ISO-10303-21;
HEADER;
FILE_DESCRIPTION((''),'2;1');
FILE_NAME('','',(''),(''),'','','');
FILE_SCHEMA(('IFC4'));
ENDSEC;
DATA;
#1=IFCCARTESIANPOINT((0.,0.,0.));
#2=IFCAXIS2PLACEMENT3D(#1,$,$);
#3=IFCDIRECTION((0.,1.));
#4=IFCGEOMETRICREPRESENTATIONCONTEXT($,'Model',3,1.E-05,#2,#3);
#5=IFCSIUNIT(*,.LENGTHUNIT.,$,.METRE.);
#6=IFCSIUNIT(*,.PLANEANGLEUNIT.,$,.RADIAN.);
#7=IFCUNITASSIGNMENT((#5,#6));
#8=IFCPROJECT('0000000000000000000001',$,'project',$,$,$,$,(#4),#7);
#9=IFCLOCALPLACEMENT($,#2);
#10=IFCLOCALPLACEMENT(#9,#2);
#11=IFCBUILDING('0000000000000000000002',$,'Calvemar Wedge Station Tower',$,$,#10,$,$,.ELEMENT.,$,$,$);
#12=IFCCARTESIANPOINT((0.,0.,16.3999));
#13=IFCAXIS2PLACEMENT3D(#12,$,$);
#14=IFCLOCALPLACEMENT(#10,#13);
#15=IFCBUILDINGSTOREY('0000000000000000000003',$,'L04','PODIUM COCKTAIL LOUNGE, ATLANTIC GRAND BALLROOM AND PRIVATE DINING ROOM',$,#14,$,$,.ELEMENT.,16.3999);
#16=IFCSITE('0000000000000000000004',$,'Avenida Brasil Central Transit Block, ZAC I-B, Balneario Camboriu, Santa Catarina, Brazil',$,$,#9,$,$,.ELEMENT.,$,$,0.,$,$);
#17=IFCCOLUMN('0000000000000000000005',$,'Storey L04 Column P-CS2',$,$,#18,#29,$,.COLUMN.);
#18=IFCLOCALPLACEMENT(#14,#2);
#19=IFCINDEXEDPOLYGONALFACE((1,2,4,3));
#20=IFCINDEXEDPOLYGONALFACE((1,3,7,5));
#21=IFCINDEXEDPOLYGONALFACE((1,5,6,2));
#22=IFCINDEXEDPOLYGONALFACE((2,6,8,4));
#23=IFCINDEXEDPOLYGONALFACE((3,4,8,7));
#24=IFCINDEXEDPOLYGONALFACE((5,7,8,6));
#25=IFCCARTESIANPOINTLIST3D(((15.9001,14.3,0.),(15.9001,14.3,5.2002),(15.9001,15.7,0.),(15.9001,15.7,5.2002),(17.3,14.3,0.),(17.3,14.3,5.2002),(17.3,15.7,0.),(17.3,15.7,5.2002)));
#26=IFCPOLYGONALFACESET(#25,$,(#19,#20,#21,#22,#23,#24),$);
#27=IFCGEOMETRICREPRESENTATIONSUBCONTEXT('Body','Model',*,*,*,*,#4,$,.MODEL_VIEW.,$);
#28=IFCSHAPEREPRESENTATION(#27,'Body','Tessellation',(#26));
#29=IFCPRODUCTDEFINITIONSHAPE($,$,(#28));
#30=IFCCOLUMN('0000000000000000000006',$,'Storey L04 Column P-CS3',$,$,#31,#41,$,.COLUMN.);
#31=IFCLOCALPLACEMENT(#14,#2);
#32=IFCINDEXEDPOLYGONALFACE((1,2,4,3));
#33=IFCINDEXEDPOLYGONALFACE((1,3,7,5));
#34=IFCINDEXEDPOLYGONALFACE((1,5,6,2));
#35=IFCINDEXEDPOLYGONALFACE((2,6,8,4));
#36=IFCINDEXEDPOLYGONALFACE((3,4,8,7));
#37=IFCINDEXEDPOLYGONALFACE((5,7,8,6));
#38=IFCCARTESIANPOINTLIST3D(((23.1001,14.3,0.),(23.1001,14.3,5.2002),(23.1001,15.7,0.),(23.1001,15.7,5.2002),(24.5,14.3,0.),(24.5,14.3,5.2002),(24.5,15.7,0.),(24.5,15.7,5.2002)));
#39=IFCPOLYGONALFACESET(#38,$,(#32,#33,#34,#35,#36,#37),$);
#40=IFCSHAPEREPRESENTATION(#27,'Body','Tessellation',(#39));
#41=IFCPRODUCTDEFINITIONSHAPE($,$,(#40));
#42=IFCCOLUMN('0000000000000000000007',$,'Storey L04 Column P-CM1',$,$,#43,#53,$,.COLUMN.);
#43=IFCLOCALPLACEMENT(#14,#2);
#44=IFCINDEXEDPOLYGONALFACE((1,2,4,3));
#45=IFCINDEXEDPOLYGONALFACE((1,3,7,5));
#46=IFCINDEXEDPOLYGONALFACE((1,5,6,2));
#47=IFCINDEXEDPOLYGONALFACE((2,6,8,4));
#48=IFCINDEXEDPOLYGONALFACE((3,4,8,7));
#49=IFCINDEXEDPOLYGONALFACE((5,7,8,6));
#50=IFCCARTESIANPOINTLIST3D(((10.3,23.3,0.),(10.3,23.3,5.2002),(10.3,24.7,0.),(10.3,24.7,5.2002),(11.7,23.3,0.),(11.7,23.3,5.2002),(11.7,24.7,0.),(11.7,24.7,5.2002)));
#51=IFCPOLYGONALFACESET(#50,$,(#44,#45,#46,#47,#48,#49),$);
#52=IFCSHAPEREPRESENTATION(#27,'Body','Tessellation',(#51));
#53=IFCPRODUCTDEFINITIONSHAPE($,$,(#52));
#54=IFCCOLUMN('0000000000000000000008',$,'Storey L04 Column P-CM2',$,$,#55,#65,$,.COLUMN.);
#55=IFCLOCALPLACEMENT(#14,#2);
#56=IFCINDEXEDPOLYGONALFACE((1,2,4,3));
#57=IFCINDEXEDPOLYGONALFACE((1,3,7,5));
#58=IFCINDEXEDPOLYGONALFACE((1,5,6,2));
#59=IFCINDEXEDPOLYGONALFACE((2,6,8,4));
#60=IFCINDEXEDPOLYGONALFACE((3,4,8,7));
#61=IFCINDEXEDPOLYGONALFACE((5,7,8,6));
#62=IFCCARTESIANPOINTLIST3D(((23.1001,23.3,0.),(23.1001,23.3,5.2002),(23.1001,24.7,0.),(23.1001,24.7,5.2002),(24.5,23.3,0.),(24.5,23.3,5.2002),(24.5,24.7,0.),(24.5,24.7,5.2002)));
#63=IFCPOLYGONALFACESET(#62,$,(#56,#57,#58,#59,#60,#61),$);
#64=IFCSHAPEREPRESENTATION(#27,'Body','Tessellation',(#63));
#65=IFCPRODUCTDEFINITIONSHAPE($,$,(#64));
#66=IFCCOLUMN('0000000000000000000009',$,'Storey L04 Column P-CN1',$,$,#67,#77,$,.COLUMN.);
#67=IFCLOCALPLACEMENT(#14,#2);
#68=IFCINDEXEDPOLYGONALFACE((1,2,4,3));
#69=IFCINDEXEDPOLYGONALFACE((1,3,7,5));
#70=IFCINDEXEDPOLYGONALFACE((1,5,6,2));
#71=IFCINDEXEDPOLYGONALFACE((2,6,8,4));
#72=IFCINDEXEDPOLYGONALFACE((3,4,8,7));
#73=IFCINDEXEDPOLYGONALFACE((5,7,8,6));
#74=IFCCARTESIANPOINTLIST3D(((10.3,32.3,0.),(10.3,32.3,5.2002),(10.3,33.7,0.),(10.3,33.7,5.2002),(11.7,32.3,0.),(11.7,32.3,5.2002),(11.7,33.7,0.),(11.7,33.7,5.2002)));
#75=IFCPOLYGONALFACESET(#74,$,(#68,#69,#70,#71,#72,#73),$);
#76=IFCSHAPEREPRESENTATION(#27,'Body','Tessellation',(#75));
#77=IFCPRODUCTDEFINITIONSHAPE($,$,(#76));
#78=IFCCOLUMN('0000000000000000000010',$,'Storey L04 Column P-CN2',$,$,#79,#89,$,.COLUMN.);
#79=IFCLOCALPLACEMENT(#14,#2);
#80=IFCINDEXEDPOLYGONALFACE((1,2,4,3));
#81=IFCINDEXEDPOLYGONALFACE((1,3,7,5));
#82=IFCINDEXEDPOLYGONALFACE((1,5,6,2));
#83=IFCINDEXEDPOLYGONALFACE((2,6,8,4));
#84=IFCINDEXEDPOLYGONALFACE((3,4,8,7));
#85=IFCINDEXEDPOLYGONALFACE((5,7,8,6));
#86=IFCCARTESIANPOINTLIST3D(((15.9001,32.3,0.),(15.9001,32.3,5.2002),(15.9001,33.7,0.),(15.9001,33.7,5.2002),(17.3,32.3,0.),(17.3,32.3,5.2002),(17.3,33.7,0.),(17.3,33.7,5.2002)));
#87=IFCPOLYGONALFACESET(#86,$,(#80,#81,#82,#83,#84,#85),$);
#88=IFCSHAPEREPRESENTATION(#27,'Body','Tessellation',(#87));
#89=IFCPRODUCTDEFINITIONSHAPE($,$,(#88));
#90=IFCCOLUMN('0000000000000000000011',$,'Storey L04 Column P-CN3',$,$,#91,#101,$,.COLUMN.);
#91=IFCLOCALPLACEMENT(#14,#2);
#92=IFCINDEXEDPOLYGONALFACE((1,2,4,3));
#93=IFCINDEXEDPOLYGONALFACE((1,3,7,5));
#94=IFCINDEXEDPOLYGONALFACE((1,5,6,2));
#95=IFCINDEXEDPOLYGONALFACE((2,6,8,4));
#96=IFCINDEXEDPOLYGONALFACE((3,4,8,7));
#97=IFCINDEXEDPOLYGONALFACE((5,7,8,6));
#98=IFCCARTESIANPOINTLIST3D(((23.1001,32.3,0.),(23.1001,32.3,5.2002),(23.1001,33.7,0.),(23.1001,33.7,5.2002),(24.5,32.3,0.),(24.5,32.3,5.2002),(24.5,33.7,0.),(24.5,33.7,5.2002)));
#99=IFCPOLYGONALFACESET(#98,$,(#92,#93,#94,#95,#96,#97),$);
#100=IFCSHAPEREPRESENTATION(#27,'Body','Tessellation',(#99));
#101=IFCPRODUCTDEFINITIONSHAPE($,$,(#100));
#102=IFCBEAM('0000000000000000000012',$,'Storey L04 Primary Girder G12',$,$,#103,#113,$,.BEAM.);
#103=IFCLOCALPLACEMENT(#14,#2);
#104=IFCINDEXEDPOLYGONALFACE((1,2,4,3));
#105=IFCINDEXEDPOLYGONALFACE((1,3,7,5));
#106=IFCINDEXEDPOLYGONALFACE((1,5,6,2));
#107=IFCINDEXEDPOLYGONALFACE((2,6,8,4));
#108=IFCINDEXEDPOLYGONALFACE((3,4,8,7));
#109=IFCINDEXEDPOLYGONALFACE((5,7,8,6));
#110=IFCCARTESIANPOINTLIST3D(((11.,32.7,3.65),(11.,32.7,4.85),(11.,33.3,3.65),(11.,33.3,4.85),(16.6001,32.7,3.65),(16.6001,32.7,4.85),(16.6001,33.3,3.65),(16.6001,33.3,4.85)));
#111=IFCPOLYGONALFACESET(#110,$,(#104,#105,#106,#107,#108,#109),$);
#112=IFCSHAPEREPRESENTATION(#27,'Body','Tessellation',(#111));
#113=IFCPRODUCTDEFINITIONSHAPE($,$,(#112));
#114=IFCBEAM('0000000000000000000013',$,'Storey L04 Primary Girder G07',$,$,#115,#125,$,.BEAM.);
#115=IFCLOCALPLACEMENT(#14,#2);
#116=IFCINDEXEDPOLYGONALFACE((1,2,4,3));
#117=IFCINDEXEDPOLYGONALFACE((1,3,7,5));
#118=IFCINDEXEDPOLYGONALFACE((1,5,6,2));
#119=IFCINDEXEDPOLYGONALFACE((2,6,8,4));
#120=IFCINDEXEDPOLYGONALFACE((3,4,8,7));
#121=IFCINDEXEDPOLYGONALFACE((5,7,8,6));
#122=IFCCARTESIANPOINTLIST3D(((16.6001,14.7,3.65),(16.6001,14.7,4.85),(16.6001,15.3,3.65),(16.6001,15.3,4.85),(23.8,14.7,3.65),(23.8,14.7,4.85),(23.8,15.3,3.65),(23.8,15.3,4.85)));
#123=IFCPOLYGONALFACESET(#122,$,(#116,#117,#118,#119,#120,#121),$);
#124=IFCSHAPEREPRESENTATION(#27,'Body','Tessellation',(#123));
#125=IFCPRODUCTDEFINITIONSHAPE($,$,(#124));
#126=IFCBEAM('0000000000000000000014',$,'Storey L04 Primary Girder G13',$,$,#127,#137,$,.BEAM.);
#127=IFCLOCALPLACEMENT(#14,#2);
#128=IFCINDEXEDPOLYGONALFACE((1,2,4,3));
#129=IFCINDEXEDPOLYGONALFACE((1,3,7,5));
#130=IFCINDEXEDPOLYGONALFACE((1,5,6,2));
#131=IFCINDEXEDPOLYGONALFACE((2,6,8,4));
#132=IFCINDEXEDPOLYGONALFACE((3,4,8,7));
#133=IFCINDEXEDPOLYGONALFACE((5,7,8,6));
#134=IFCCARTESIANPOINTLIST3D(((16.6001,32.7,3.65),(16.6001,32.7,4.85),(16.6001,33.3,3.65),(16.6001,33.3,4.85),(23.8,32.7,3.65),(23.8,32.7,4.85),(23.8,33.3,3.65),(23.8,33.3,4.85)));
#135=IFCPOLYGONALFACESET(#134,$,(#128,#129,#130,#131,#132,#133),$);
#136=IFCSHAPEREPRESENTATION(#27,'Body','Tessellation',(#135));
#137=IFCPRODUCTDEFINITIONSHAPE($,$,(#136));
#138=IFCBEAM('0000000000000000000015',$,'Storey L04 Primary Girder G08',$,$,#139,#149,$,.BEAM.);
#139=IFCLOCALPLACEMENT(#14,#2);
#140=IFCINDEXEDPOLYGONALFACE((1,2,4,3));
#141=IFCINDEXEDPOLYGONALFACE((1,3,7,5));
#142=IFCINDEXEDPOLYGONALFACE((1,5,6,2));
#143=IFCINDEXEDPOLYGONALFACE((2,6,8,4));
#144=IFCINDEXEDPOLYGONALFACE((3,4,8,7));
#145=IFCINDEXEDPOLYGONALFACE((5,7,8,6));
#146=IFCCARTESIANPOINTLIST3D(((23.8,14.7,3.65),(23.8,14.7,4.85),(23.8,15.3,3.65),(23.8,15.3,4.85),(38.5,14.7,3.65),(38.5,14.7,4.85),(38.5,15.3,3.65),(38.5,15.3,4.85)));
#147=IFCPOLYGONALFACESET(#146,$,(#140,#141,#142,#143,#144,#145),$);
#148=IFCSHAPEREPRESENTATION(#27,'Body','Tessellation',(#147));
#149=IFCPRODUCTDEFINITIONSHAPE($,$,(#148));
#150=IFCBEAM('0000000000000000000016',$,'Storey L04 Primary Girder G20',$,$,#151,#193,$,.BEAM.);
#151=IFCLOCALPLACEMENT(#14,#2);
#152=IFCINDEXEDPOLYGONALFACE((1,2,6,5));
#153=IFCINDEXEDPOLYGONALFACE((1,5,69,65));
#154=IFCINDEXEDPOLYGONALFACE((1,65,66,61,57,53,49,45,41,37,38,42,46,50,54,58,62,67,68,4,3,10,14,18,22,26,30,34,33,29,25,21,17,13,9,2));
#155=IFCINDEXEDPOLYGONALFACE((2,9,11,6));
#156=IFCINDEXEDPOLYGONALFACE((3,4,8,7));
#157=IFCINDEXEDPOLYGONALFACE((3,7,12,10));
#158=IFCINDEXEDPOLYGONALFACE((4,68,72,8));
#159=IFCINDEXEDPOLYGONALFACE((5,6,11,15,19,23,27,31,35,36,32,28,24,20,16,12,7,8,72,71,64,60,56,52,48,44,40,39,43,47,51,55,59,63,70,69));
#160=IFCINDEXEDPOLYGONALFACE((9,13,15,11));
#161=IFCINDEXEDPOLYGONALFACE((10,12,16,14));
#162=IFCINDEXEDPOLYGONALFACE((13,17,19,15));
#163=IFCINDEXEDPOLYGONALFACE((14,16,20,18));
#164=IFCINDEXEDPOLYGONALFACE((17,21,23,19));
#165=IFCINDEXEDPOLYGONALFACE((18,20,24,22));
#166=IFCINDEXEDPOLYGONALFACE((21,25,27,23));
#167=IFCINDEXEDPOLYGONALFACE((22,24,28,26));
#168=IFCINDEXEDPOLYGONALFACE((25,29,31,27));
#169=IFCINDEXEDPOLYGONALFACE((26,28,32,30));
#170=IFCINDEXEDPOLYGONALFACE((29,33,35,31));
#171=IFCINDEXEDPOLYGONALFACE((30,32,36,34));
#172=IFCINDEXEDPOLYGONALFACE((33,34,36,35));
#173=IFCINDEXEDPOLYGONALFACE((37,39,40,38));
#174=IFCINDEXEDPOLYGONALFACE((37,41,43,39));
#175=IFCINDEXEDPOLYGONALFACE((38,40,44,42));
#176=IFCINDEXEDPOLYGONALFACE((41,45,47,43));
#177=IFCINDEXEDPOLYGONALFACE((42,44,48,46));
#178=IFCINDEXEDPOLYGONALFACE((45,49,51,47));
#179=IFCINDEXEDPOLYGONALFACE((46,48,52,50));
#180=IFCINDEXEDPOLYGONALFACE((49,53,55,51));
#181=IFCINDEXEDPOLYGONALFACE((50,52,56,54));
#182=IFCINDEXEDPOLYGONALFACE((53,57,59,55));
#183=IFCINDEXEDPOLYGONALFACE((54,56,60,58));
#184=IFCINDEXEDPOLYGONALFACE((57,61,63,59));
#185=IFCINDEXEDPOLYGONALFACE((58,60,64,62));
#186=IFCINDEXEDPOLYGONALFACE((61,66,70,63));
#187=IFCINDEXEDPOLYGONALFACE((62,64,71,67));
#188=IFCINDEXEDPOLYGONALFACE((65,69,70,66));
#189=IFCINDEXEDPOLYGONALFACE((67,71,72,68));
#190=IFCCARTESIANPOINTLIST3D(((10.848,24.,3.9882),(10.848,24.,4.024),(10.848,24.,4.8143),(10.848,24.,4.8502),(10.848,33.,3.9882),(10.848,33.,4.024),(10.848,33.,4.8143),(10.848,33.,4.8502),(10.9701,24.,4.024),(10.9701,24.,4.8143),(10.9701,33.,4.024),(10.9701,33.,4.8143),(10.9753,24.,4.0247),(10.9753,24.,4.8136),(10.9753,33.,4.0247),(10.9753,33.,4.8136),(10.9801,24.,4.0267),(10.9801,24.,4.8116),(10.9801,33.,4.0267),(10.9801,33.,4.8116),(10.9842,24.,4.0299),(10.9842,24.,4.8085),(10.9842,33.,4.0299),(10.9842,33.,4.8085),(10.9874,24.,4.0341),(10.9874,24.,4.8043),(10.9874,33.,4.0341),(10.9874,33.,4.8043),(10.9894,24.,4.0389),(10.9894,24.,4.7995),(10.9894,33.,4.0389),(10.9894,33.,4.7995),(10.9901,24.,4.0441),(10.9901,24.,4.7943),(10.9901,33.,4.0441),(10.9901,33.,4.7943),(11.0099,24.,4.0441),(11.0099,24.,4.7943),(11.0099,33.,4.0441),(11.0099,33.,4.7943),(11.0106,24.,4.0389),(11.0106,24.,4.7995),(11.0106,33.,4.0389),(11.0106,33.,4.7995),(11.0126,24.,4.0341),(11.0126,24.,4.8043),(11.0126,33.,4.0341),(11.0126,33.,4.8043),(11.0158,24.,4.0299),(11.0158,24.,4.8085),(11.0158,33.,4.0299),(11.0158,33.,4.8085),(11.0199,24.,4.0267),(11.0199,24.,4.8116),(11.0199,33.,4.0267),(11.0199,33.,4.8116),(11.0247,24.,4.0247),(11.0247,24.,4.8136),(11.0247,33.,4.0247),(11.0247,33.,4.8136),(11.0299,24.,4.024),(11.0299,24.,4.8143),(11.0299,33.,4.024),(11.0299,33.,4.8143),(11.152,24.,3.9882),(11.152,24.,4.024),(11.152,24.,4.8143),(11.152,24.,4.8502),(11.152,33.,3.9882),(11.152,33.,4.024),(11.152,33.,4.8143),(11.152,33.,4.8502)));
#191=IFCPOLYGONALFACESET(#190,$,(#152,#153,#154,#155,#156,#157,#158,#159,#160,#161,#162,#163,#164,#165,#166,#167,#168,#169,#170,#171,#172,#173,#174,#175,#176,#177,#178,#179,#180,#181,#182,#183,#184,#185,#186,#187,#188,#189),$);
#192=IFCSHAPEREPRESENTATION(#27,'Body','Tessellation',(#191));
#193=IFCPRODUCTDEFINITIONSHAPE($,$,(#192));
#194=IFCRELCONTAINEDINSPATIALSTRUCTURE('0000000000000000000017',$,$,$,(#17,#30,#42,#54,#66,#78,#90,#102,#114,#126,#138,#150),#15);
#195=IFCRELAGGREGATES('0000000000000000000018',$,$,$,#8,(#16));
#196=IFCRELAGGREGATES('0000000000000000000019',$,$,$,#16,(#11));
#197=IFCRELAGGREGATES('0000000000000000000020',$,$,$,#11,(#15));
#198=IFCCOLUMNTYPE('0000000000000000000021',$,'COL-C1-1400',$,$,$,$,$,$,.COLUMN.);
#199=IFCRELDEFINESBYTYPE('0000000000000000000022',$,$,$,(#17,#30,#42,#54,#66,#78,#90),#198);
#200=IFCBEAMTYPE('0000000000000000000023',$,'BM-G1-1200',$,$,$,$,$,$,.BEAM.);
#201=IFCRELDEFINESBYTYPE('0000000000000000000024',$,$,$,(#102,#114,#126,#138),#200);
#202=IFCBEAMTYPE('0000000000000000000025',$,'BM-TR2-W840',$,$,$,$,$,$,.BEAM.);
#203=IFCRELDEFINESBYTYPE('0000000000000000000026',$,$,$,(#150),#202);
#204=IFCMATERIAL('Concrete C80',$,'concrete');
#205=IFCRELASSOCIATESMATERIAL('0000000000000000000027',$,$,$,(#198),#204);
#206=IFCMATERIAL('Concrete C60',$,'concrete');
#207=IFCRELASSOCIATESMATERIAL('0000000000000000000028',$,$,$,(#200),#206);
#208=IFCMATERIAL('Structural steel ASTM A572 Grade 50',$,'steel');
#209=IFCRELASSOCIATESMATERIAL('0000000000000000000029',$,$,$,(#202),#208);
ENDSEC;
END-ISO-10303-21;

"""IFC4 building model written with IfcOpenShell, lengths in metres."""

from ifc_helpers import new_model, si_unit, direction, frame, origin, origin_2d, place, context, subcontext, project, spatial, rectangle, i_section, extrude, source, transform, mapped, material, material_profile, profile_set, type_object, element, save


model = new_model("IFC4")

# Units and contexts
model_context = context("Model", 3, precision=1e-05, world=origin(), true_north=direction((0.0, 1.0)))
body_context = subcontext(model_context, "Body", "Model", "MODEL_VIEW")
ifc_project = project(units=[si_unit("LENGTHUNIT", "METRE"), si_unit("PLANEANGLEUNIT", "RADIAN")], contexts=[model_context])

# Site, building, storey
site_placement = place(None, origin())
site = spatial("IfcSite", under=ifc_project, at=site_placement, Name="Avenida Brasil Central Transit Block, ZAC I-B, Balneario Camboriu, Santa Catarina, Brazil", CompositionType="ELEMENT", RefElevation=0.0)
building_placement = place(site_placement, origin())
building = spatial("IfcBuilding", under=site, at=building_placement, Name="Calvemar Wedge Station Tower", CompositionType="ELEMENT")
storey_placement = place(building_placement, frame((0.0, 0.0, 16.3999)))
storey = spatial("IfcBuildingStorey", under=building, at=storey_placement, Name="L04", Description="PODIUM COCKTAIL LOUNGE, ATLANTIC GRAND BALLROOM AND PRIVATE DINING ROOM", CompositionType="ELEMENT", Elevation=16.3999)

# Columns
ifc_material_1 = material(Name="Concrete C80", Category="concrete")
ifc_material_profile_1 = material_profile(ifc_material_1, rectangle(XDim=1.3999, YDim=1.3999, at=origin_2d()), Name="RC1400x1400")
ifc_profile_set_1 = profile_set([ifc_material_profile_1], Name="Concrete C80")
column_type = type_object("IfcColumnType", Name="COL-C1-1400", PredefinedType="COLUMN", material=ifc_profile_set_1)
shared_shape_1 = source(origin(), body_context, "Body", "SweptSolid", [
    extrude(rectangle(XDim=1.3999, YDim=1.3999, at=origin_2d()), origin(), (0.0, 0.0, 1.0), 5.2002),
])
for number, where, z_axis, x_axis, name in (
    (1, (16.6001, 15.0, 0.0), (0.0, 0.0, 1.0), (1.0, 0.0, 0.0), "Storey L04 Column P-CS2"),
    (2, (23.8, 15.0, 0.0), (0.0, 0.0, 1.0), (1.0, 0.0, 0.0), "Storey L04 Column P-CS3"),
    (3, (11.0, 24.0, 0.0), (0.0, 0.0, 1.0), (1.0, 0.0, 0.0), "Storey L04 Column P-CM1"),
    (4, (23.8, 24.0, 0.0), (0.0, 0.0, 1.0), (1.0, 0.0, 0.0), "Storey L04 Column P-CM2"),
    (5, (11.0, 33.0, 0.0), (0.0, 0.0, 1.0), (1.0, 0.0, 0.0), "Storey L04 Column P-CN1"),
    (6, (16.6001, 33.0, 0.0), (0.0, 0.0, 1.0), (1.0, 0.0, 0.0), "Storey L04 Column P-CN2"),
    (7, (23.8, 33.0, 0.0), (0.0, 0.0, 1.0), (1.0, 0.0, 0.0), "Storey L04 Column P-CN3"),
):
    element("IfcColumn", number, at=place(storey_placement, frame(where, z_axis=z_axis, x_axis=x_axis)), inside=storey, type_object=column_type, Name=name, PredefinedType="COLUMN", context=body_context, shape_type="MappedRepresentation", body=[
        mapped(shared_shape_1, transform((0.0, 0.0, 0.0), scale=1.0)),
    ])

# Beams
ifc_material_2 = material(Name="Concrete C60", Category="concrete")
ifc_material_profile_2 = material_profile(ifc_material_2, rectangle(XDim=0.6001, YDim=1.2, at=origin_2d()), Name="RC600x1200")
ifc_profile_set_2 = profile_set([ifc_material_profile_2], Name="Concrete C60")
beam_type_1 = type_object("IfcBeamType", Name="BM-G1-1200", PredefinedType="BEAM", material=ifc_profile_set_2)
shared_shape_2 = source(origin(), body_context, "Body", "SweptSolid", [
    extrude(rectangle(XDim=0.6001, YDim=1.2, at=origin_2d()), origin(), (0.0, 0.0, 1.0), 5.6001),
])
beam_1_placement = place(storey_placement, frame((11.0, 33.0, 4.25), z_axis=(1.0, 0.0, 0.0), x_axis=(0.0, 1.0, 0.0)))
element("IfcBeam", 8, at=beam_1_placement, inside=storey, type_object=beam_type_1, Name="Storey L04 Primary Girder G12", PredefinedType="BEAM", context=body_context, shape_type="MappedRepresentation", body=[
    mapped(shared_shape_2, transform((0.0, 0.0, 0.0), scale=1.0)),
])
shared_shape_3 = source(origin(), body_context, "Body", "SweptSolid", [
    extrude(rectangle(XDim=0.6001, YDim=1.2, at=origin_2d()), origin(), (0.0, 0.0, 1.0), 7.2),
])
for number, where, z_axis, x_axis, name in (
    (9, (16.6001, 15.0, 4.25), (1.0, 0.0, 0.0), (0.0, 1.0, 0.0), "Storey L04 Primary Girder G07"),
    (10, (16.6001, 33.0, 4.25), (1.0, 0.0, 0.0), (0.0, 1.0, 0.0), "Storey L04 Primary Girder G13"),
):
    element("IfcBeam", number, at=place(storey_placement, frame(where, z_axis=z_axis, x_axis=x_axis)), inside=storey, type_object=beam_type_1, Name=name, PredefinedType="BEAM", context=body_context, shape_type="MappedRepresentation", body=[
        mapped(shared_shape_3, transform((0.0, 0.0, 0.0), scale=1.0)),
    ])
shared_shape_4 = source(origin(), body_context, "Body", "SweptSolid", [
    extrude(rectangle(XDim=0.6001, YDim=1.2, at=origin_2d()), origin(), (0.0, 0.0, 1.0), 14.7),
])
beam_2_placement = place(storey_placement, frame((23.8, 15.0, 4.25), z_axis=(1.0, 0.0, 0.0), x_axis=(0.0, 1.0, 0.0)))
element("IfcBeam", 11, at=beam_2_placement, inside=storey, type_object=beam_type_1, Name="Storey L04 Primary Girder G08", PredefinedType="BEAM", context=body_context, shape_type="MappedRepresentation", body=[
    mapped(shared_shape_4, transform((0.0, 0.0, 0.0), scale=1.0)),
])
ifc_material_3 = material(Name="Structural steel ASTM A572 Grade 50", Category="steel")
ifc_material_profile_3 = material_profile(ifc_material_3, i_section(OverallWidth=0.304, OverallDepth=0.8621, WebThickness=0.0198, FlangeThickness=0.0359, FilletRadius=0.02, at=origin_2d()), Name="W840x329")
ifc_profile_set_3 = profile_set([ifc_material_profile_3], Name="Structural steel ASTM A572 Grade 50")
beam_type_2 = type_object("IfcBeamType", Name="BM-TR2-W840", PredefinedType="BEAM", material=ifc_profile_set_3)
shared_shape_5 = source(origin(), body_context, "Body", "SweptSolid", [
    extrude(i_section(OverallWidth=0.304, OverallDepth=0.8621, WebThickness=0.0198, FlangeThickness=0.0359, FilletRadius=0.02, at=origin_2d()), origin(), (0.0, 0.0, 1.0), 9.0),
])
for number, where, z_axis, x_axis, name in (
    (12, (11.0, 24.0, 4.4192), (0.0, 1.0, 0.0), (-1.0, 0.0, 0.0), "Storey L04 Primary Girder G20"),
):
    element("IfcBeam", number, at=place(storey_placement, frame(where, z_axis=z_axis, x_axis=x_axis)), inside=storey, type_object=beam_type_2, Name=name, PredefinedType="BEAM", context=body_context, shape_type="MappedRepresentation", body=[
        mapped(shared_shape_5, transform((0.0, 0.0, 0.0), scale=1.0)),
    ])

save(model, "model.ifc")
